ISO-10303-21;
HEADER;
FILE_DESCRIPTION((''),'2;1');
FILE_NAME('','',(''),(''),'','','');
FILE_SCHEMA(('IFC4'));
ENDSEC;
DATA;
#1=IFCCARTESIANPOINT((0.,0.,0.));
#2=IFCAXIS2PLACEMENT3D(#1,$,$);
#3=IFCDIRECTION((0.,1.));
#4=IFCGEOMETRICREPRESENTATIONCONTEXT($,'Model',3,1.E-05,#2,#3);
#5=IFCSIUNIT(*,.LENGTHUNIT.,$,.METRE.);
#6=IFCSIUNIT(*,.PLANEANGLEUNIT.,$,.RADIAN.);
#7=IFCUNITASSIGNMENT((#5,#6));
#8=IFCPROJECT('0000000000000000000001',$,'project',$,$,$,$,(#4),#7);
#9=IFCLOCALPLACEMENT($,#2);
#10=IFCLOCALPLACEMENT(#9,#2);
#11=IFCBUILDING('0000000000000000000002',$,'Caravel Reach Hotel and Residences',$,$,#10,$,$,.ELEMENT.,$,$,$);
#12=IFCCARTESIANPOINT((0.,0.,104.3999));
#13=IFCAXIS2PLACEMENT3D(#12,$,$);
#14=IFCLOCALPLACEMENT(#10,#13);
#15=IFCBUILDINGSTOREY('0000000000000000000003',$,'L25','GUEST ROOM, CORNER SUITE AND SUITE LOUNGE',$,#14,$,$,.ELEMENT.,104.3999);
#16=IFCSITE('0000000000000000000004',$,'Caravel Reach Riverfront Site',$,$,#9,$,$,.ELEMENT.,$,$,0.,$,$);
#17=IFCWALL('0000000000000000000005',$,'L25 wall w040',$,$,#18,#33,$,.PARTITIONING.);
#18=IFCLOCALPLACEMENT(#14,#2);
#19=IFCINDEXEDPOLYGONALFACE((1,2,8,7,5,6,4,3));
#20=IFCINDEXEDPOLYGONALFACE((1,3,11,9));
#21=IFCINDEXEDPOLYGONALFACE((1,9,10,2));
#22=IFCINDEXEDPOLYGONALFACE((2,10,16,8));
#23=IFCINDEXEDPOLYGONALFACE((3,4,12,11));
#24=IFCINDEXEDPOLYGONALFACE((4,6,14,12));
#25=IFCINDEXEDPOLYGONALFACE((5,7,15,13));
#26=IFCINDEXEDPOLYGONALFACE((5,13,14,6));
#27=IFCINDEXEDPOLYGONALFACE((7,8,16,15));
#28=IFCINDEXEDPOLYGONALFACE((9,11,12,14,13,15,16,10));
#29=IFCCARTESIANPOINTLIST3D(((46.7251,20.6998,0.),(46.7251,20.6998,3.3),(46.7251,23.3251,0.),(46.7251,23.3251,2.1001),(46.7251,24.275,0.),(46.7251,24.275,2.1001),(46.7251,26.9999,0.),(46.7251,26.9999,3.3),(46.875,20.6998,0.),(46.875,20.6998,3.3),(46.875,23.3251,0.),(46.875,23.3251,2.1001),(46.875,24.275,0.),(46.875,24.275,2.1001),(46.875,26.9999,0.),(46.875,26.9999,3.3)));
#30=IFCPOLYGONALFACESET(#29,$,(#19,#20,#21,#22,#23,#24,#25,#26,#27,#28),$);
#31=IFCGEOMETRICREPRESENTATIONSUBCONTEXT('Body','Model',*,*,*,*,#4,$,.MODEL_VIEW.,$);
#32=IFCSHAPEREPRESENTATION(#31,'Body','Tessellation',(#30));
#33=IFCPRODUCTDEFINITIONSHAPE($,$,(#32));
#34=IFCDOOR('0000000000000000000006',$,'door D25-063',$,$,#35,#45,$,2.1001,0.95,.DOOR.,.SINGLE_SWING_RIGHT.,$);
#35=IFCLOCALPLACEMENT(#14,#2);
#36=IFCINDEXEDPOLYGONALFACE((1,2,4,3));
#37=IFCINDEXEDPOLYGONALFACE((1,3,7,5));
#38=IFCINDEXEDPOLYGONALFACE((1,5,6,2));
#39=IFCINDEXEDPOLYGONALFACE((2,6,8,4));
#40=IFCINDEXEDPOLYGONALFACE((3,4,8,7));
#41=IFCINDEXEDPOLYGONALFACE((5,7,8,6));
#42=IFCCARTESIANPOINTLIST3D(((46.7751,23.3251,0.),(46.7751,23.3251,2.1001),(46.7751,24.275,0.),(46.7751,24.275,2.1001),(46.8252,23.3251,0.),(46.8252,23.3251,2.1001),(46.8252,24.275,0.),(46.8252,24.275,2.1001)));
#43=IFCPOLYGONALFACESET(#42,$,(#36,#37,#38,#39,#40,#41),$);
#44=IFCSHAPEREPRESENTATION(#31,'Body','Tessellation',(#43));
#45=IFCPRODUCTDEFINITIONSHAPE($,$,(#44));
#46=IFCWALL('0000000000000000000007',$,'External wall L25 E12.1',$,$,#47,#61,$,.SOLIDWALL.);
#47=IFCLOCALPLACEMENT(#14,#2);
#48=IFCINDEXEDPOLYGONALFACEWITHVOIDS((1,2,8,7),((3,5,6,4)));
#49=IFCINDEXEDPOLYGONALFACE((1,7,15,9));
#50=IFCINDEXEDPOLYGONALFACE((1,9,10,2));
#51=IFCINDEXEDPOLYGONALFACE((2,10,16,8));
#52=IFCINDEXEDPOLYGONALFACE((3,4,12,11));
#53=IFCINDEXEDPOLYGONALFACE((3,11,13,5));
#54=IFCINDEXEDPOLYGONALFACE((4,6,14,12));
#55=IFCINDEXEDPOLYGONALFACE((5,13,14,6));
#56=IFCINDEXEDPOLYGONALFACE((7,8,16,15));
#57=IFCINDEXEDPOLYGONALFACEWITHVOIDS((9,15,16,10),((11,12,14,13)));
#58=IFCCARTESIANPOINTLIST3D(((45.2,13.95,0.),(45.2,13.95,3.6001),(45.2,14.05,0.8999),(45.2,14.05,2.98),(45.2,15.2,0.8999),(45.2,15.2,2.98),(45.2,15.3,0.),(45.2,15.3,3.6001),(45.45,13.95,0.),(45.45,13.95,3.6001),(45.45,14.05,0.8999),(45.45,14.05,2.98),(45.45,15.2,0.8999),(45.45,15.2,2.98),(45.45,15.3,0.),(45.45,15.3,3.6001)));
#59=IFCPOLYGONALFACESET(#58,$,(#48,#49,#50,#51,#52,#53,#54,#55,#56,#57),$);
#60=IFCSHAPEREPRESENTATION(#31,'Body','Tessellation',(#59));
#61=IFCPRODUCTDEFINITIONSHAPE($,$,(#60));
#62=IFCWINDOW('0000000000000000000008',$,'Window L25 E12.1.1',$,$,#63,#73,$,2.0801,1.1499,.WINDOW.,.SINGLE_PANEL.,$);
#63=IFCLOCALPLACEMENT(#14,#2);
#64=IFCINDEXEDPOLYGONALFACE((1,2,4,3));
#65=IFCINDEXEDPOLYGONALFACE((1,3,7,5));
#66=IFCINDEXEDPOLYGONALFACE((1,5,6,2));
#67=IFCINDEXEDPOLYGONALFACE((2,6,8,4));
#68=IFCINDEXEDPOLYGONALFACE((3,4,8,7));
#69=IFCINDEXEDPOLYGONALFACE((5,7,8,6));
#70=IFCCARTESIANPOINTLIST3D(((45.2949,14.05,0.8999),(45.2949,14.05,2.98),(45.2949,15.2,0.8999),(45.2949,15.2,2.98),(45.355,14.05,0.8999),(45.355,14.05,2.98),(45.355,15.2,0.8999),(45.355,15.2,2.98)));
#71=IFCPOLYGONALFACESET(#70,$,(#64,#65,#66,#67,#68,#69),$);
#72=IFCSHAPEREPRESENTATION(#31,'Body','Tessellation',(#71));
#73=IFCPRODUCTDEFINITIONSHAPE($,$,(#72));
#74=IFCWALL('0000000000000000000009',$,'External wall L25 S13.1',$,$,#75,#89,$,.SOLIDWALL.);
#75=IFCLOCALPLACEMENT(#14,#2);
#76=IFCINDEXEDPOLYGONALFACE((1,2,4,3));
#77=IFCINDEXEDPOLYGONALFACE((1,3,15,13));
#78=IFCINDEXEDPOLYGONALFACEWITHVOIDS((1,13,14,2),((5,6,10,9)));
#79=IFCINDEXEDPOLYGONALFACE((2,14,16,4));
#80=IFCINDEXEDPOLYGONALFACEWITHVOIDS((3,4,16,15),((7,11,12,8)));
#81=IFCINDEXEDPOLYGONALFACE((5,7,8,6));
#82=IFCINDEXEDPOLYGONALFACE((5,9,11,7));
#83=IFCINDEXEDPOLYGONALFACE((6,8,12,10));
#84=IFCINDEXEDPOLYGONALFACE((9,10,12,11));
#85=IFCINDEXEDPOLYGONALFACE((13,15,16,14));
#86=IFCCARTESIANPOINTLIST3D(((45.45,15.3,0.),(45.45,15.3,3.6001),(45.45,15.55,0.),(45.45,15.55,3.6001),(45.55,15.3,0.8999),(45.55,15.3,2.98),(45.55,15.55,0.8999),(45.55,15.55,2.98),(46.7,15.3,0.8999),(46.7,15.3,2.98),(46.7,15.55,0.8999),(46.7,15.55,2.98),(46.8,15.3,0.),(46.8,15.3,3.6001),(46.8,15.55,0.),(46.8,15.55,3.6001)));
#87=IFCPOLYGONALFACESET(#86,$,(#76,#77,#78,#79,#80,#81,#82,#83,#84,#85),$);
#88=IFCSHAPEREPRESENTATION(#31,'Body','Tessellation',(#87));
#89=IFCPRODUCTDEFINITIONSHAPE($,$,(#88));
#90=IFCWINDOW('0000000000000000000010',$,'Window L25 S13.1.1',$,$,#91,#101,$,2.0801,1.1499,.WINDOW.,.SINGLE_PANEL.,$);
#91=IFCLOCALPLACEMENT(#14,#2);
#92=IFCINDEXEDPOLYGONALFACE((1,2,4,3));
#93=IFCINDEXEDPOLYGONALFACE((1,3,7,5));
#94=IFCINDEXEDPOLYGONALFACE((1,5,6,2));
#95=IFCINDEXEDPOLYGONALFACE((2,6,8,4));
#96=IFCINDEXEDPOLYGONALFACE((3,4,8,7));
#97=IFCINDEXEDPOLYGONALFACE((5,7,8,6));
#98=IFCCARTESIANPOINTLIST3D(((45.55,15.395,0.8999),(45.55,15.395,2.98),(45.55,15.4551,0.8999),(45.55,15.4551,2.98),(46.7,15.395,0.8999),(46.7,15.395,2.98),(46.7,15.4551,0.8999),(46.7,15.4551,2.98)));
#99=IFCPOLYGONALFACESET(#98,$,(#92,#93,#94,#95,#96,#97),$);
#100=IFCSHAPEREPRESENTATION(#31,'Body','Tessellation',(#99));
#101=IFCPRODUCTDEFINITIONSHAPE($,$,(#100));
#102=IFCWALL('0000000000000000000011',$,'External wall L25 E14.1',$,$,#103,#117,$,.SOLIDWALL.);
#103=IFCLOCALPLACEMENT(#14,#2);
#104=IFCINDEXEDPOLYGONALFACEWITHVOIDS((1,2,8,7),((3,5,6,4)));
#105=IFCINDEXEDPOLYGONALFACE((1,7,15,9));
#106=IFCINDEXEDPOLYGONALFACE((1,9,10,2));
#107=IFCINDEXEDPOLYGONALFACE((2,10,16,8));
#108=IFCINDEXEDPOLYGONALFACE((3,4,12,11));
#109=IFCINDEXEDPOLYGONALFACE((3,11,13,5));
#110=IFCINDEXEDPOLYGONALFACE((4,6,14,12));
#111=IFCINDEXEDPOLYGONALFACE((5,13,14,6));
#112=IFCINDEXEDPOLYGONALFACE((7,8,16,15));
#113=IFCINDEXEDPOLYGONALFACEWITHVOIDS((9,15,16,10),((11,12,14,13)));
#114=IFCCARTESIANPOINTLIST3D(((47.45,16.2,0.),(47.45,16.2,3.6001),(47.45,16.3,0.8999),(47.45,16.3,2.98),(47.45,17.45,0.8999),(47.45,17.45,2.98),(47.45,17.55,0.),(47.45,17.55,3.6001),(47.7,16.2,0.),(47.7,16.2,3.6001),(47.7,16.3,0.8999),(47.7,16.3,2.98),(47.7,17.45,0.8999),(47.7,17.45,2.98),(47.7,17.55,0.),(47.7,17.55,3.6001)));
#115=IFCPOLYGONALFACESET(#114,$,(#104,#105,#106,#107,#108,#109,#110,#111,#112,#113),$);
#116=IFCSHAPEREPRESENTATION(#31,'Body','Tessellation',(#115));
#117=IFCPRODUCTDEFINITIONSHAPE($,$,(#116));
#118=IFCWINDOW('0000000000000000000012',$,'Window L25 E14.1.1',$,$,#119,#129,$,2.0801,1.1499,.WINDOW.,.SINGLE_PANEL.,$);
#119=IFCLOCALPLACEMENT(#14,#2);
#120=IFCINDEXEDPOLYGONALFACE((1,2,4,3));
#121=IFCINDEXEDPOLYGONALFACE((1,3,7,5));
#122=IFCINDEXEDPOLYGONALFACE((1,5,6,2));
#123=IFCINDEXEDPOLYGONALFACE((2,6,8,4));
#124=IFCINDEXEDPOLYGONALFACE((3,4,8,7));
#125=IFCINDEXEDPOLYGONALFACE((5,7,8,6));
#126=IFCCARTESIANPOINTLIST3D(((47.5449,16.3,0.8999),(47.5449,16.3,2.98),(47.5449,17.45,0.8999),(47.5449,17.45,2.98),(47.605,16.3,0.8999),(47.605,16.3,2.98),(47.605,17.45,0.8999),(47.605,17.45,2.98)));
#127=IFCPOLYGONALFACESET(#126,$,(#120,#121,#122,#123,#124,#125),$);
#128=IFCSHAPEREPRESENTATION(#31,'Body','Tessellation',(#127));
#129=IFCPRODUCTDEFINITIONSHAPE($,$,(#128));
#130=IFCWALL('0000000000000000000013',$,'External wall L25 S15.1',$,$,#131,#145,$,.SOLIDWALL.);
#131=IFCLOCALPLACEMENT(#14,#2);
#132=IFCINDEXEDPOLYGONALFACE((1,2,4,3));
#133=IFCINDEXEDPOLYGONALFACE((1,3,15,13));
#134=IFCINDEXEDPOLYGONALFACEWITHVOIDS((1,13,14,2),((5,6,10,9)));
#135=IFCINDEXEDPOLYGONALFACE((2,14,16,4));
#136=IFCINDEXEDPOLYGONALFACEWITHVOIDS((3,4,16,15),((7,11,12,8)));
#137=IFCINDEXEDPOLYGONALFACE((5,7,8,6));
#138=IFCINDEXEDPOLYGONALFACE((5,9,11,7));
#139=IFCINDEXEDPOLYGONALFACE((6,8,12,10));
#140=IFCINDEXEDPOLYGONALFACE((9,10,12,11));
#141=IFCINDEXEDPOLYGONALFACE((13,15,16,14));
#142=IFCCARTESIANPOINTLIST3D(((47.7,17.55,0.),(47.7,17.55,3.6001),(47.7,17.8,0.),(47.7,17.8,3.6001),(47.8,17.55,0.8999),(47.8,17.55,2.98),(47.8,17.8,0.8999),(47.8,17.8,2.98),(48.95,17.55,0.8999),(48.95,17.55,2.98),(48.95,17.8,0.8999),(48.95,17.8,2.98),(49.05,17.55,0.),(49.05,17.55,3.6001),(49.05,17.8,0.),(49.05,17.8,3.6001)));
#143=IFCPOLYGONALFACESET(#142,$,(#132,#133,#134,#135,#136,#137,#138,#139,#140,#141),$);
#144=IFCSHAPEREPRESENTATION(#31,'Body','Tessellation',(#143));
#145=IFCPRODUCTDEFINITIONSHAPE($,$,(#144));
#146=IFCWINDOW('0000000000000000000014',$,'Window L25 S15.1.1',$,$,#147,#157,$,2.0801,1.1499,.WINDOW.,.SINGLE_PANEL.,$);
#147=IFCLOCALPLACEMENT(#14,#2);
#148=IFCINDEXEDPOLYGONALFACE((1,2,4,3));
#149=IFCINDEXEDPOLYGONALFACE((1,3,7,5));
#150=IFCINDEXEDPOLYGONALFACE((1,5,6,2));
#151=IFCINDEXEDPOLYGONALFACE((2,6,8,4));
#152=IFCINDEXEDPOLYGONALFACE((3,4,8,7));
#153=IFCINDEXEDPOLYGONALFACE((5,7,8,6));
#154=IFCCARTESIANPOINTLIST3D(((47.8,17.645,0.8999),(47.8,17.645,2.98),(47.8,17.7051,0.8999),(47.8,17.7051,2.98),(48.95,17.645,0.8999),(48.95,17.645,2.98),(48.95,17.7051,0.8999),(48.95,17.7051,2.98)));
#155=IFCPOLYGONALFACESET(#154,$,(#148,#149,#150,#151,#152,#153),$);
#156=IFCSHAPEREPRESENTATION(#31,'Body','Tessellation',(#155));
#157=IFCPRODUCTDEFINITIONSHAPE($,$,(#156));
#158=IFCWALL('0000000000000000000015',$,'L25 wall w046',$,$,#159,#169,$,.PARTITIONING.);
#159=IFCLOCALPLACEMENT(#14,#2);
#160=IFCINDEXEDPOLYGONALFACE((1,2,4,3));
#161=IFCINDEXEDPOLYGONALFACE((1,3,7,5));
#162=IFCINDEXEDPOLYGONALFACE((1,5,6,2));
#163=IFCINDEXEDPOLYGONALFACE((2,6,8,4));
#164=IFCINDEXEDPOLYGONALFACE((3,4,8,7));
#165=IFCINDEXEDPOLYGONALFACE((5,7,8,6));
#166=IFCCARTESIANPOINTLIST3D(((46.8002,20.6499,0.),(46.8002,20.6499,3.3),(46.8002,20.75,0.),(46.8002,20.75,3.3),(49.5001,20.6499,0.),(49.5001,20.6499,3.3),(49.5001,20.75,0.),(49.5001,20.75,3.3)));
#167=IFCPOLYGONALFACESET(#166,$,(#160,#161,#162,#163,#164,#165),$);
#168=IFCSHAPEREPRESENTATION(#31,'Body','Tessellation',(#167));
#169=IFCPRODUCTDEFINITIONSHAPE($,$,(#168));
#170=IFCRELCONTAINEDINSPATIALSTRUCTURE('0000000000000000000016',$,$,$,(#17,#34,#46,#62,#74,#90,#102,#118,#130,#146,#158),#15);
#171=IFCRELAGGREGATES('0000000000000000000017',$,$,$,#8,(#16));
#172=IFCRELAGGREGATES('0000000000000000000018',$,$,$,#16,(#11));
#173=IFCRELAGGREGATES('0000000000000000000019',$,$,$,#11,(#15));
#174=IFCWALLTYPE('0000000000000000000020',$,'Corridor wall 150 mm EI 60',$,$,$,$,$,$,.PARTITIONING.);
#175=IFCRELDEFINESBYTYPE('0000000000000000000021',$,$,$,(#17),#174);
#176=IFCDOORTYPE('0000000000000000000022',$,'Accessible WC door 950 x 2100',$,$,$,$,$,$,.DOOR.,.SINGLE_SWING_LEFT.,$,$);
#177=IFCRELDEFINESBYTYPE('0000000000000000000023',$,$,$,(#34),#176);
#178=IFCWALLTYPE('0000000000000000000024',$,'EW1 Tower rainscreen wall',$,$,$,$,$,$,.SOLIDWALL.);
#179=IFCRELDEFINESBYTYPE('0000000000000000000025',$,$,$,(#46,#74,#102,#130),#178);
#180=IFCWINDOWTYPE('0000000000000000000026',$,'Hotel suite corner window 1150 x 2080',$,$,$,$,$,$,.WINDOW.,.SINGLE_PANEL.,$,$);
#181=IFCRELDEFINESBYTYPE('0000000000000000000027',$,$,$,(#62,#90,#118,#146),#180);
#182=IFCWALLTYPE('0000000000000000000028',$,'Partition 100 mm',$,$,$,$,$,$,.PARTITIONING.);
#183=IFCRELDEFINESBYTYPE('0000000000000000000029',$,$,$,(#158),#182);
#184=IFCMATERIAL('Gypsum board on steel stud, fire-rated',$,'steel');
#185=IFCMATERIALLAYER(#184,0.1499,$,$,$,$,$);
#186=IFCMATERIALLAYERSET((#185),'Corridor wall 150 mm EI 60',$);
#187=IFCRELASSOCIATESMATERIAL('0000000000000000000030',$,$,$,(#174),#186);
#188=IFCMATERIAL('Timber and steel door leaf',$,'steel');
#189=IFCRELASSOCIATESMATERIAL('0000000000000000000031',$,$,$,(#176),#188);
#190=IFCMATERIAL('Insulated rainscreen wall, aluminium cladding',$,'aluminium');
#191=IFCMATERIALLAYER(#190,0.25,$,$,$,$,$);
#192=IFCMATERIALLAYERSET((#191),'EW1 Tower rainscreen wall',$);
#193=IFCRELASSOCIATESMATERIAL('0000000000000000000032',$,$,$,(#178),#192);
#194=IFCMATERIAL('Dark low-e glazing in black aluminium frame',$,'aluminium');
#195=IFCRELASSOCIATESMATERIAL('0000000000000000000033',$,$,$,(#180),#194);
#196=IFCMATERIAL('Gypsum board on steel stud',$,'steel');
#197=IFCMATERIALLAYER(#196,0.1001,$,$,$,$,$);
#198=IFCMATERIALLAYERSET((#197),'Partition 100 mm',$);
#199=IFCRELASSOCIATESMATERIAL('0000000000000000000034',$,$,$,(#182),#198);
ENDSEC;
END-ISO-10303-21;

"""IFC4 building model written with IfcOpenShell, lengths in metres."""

from ifc_helpers import new_model, si_unit, direction, frame, frame_2d, origin, place, context, subcontext, project, spatial, rectangle, extrude, material, layer, layer_set, type_object, element, fill, save


model = new_model("IFC4")

# Units and contexts
model_context = context("Model", 3, precision=1e-05, world=origin(), true_north=direction((0.0, 1.0)))
body_context = subcontext(model_context, "Body", "Model", "MODEL_VIEW")
ifc_project = project(units=[si_unit("LENGTHUNIT", "METRE"), si_unit("PLANEANGLEUNIT", "RADIAN")], contexts=[model_context])

# Site, building, storey
site_placement = place(None, origin())
site = spatial("IfcSite", under=ifc_project, at=site_placement, Name="Caravel Reach Riverfront Site", CompositionType="ELEMENT", RefElevation=0.0)
building_placement = place(site_placement, origin())
building = spatial("IfcBuilding", under=site, at=building_placement, Name="Caravel Reach Hotel and Residences", CompositionType="ELEMENT")
storey_placement = place(building_placement, frame((0.0, 0.0, 104.3999)))
storey = spatial("IfcBuildingStorey", under=building, at=storey_placement, Name="L25", Description="GUEST ROOM, CORNER SUITE AND SUITE LOUNGE", CompositionType="ELEMENT", Elevation=104.3999)

# Wall, opening, door
ifc_material_1 = material(Name="Gypsum board on steel stud, fire-rated", Category="steel")
ifc_layer_1 = layer(ifc_material_1, 0.1499)
ifc_layer_set_1 = layer_set([ifc_layer_1], Name="Corridor wall 150 mm EI 60")
wall_type_1 = type_object("IfcWallType", Name="Corridor wall 150 mm EI 60", PredefinedType="PARTITIONING", material=ifc_layer_set_1)
wall_1_placement = place(storey_placement, frame((46.8, 20.7, 0.0), z_axis=(0.0, 0.0, 1.0), x_axis=(0.0, 1.0, 0.0)))
wall_1 = element("IfcWall", 1, at=wall_1_placement, inside=storey, type_object=wall_type_1, Name="L25 wall w040", PredefinedType="PARTITIONING", context=body_context, shape_type="SweptSolid", body=[
    extrude(rectangle(XDim=6.3, YDim=0.1499, at=frame_2d((3.1499, 0.0))), origin(), (0.0, 0.0, 1.0), 3.3),
])
opening_1_placement = place(wall_1_placement, frame((2.625, 0.0, 0.0)))
opening_1 = element("IfcOpeningElement", 2, at=opening_1_placement, cuts=wall_1, PredefinedType="OPENING", context=body_context, shape_type="SweptSolid", body=[
    extrude(rectangle(XDim=0.95, YDim=2.1001, at=frame_2d((0.4751, 1.05))), frame((0.0, 0.085, 0.0), z_axis=(0.0, -1.0, 0.0), x_axis=(1.0, 0.0, 0.0)), (0.0, 0.0, 1.0), 0.1699),
])
ifc_material_2 = material(Name="Timber and steel door leaf", Category="steel")
door_type = type_object("IfcDoorType", Name="Accessible WC door 950 x 2100", OperationType="SINGLE_SWING_LEFT", PredefinedType="DOOR", material=ifc_material_2)
door_placement = place(opening_1_placement, origin())
door = element("IfcDoor", 3, at=door_placement, inside=storey, type_object=door_type, Name="door D25-063", OperationType="SINGLE_SWING_RIGHT", OverallHeight=2.1001, OverallWidth=0.95, PredefinedType="DOOR", context=body_context, shape_type="SweptSolid", body=[
    extrude(rectangle(XDim=0.95, YDim=2.1001, at=frame_2d((0.4751, 1.05))), frame((0.0, 0.0249, 0.0), z_axis=(0.0, -1.0, 0.0), x_axis=(1.0, 0.0, 0.0)), (0.0, 0.0, 1.0), 0.05),
])
fill(opening_1, door)

# Walls, openings, windows
ifc_material_3 = material(Name="Insulated rainscreen wall, aluminium cladding", Category="aluminium")
ifc_layer_2 = layer(ifc_material_3, 0.25)
ifc_layer_set_2 = layer_set([ifc_layer_2], Name="EW1 Tower rainscreen wall")
wall_type_2 = type_object("IfcWallType", Name="EW1 Tower rainscreen wall", PredefinedType="SOLIDWALL", material=ifc_layer_set_2)
wall_2_placement = place(storey_placement, frame((45.325, 13.95, 0.0), z_axis=(0.0, 0.0, 1.0), x_axis=(0.0, 1.0, 0.0)))
wall_2 = element("IfcWall", 4, at=wall_2_placement, inside=storey, type_object=wall_type_2, Name="External wall L25 E12.1", PredefinedType="SOLIDWALL", context=body_context, shape_type="SweptSolid", body=[
    extrude(rectangle(XDim=1.3501, YDim=0.25, at=frame_2d((0.675, 0.0))), origin(), (0.0, 0.0, 1.0), 3.6001),
])
opening_2_placement = place(wall_2_placement, frame((0.1001, 0.0, 0.8999)))
opening_2 = element("IfcOpeningElement", 5, at=opening_2_placement, cuts=wall_2, PredefinedType="OPENING", context=body_context, shape_type="SweptSolid", body=[
    extrude(rectangle(XDim=1.1499, YDim=2.0801, at=frame_2d((0.575, 1.04))), frame((0.0, 0.135, 0.0), z_axis=(0.0, -1.0, 0.0), x_axis=(1.0, 0.0, 0.0)), (0.0, 0.0, 1.0), 0.27),
])
ifc_material_4 = material(Name="Dark low-e glazing in black aluminium frame", Category="aluminium")
window_type = type_object("IfcWindowType", Name="Hotel suite corner window 1150 x 2080", PartitioningType="SINGLE_PANEL", PredefinedType="WINDOW", material=ifc_material_4)
window_1_placement = place(opening_2_placement, origin())
window_1 = element("IfcWindow", 6, at=window_1_placement, inside=storey, type_object=window_type, Name="Window L25 E12.1.1", OverallHeight=2.0801, OverallWidth=1.1499, PartitioningType="SINGLE_PANEL", PredefinedType="WINDOW", context=body_context, shape_type="SweptSolid", body=[
    extrude(rectangle(XDim=1.1499, YDim=2.0801, at=frame_2d((0.575, 1.04))), frame((0.0, 0.03, 0.0), z_axis=(0.0, -1.0, 0.0), x_axis=(1.0, 0.0, 0.0)), (0.0, 0.0, 1.0), 0.0601),
])
fill(opening_2, window_1)
wall_3_placement = place(storey_placement, frame((45.45, 15.425, 0.0), z_axis=(0.0, 0.0, 1.0), x_axis=(1.0, 0.0, 0.0)))
wall_3 = element("IfcWall", 7, at=wall_3_placement, inside=storey, type_object=wall_type_2, Name="External wall L25 S13.1", PredefinedType="SOLIDWALL", context=body_context, shape_type="SweptSolid", body=[
    extrude(rectangle(XDim=1.3501, YDim=0.25, at=frame_2d((0.675, 0.0))), origin(), (0.0, 0.0, 1.0), 3.6001),
])
opening_3_placement = place(wall_3_placement, frame((0.1001, 0.0, 0.8999)))
opening_3 = element("IfcOpeningElement", 8, at=opening_3_placement, cuts=wall_3, PredefinedType="OPENING", context=body_context, shape_type="SweptSolid", body=[
    extrude(rectangle(XDim=1.1499, YDim=2.0801, at=frame_2d((0.575, 1.04))), frame((0.0, 0.135, 0.0), z_axis=(0.0, -1.0, 0.0), x_axis=(1.0, 0.0, 0.0)), (0.0, 0.0, 1.0), 0.27),
])
window_2_placement = place(opening_3_placement, origin())
window_2 = element("IfcWindow", 9, at=window_2_placement, inside=storey, type_object=window_type, Name="Window L25 S13.1.1", OverallHeight=2.0801, OverallWidth=1.1499, PartitioningType="SINGLE_PANEL", PredefinedType="WINDOW", context=body_context, shape_type="SweptSolid", body=[
    extrude(rectangle(XDim=1.1499, YDim=2.0801, at=frame_2d((0.575, 1.04))), frame((0.0, 0.03, 0.0), z_axis=(0.0, -1.0, 0.0), x_axis=(1.0, 0.0, 0.0)), (0.0, 0.0, 1.0), 0.0601),
])
fill(opening_3, window_2)
wall_4_placement = place(storey_placement, frame((47.575, 16.2, 0.0), z_axis=(0.0, 0.0, 1.0), x_axis=(0.0, 1.0, 0.0)))
wall_4 = element("IfcWall", 10, at=wall_4_placement, inside=storey, type_object=wall_type_2, Name="External wall L25 E14.1", PredefinedType="SOLIDWALL", context=body_context, shape_type="SweptSolid", body=[
    extrude(rectangle(XDim=1.3501, YDim=0.25, at=frame_2d((0.675, 0.0))), origin(), (0.0, 0.0, 1.0), 3.6001),
])
opening_4_placement = place(wall_4_placement, frame((0.1001, 0.0, 0.8999)))
opening_4 = element("IfcOpeningElement", 11, at=opening_4_placement, cuts=wall_4, PredefinedType="OPENING", context=body_context, shape_type="SweptSolid", body=[
    extrude(rectangle(XDim=1.1499, YDim=2.0801, at=frame_2d((0.575, 1.04))), frame((0.0, 0.135, 0.0), z_axis=(0.0, -1.0, 0.0), x_axis=(1.0, 0.0, 0.0)), (0.0, 0.0, 1.0), 0.27),
])
window_3_placement = place(opening_4_placement, origin())
window_3 = element("IfcWindow", 12, at=window_3_placement, inside=storey, type_object=window_type, Name="Window L25 E14.1.1", OverallHeight=2.0801, OverallWidth=1.1499, PartitioningType="SINGLE_PANEL", PredefinedType="WINDOW", context=body_context, shape_type="SweptSolid", body=[
    extrude(rectangle(XDim=1.1499, YDim=2.0801, at=frame_2d((0.575, 1.04))), frame((0.0, 0.03, 0.0), z_axis=(0.0, -1.0, 0.0), x_axis=(1.0, 0.0, 0.0)), (0.0, 0.0, 1.0), 0.0601),
])
fill(opening_4, window_3)
wall_5_placement = place(storey_placement, frame((47.7, 17.675, 0.0), z_axis=(0.0, 0.0, 1.0), x_axis=(1.0, 0.0, 0.0)))
wall_5 = element("IfcWall", 13, at=wall_5_placement, inside=storey, type_object=wall_type_2, Name="External wall L25 S15.1", PredefinedType="SOLIDWALL", context=body_context, shape_type="SweptSolid", body=[
    extrude(rectangle(XDim=1.3501, YDim=0.25, at=frame_2d((0.675, 0.0))), origin(), (0.0, 0.0, 1.0), 3.6001),
])
opening_5_placement = place(wall_5_placement, frame((0.1001, 0.0, 0.8999)))
opening_5 = element("IfcOpeningElement", 14, at=opening_5_placement, cuts=wall_5, PredefinedType="OPENING", context=body_context, shape_type="SweptSolid", body=[
    extrude(rectangle(XDim=1.1499, YDim=2.0801, at=frame_2d((0.575, 1.04))), frame((0.0, 0.135, 0.0), z_axis=(0.0, -1.0, 0.0), x_axis=(1.0, 0.0, 0.0)), (0.0, 0.0, 1.0), 0.27),
])
window_4_placement = place(opening_5_placement, origin())
window_4 = element("IfcWindow", 15, at=window_4_placement, inside=storey, type_object=window_type, Name="Window L25 S15.1.1", OverallHeight=2.0801, OverallWidth=1.1499, PartitioningType="SINGLE_PANEL", PredefinedType="WINDOW", context=body_context, shape_type="SweptSolid", body=[
    extrude(rectangle(XDim=1.1499, YDim=2.0801, at=frame_2d((0.575, 1.04))), frame((0.0, 0.03, 0.0), z_axis=(0.0, -1.0, 0.0), x_axis=(1.0, 0.0, 0.0)), (0.0, 0.0, 1.0), 0.0601),
])
fill(opening_5, window_4)

# Wall
ifc_material_5 = material(Name="Gypsum board on steel stud", Category="steel")
ifc_layer_3 = layer(ifc_material_5, 0.1001)
ifc_layer_set_3 = layer_set([ifc_layer_3], Name="Partition 100 mm")
wall_type_3 = type_object("IfcWallType", Name="Partition 100 mm", PredefinedType="PARTITIONING", material=ifc_layer_set_3)
wall_6_placement = place(storey_placement, frame((46.8, 20.7, 0.0), z_axis=(0.0, 0.0, 1.0), x_axis=(1.0, 0.0, 0.0)))
element("IfcWall", 16, at=wall_6_placement, inside=storey, type_object=wall_type_3, Name="L25 wall w046", PredefinedType="PARTITIONING", context=body_context, shape_type="SweptSolid", body=[
    extrude(rectangle(XDim=2.7, YDim=0.1001, at=frame_2d((1.3501, 0.0))), origin(), (0.0, 0.0, 1.0), 3.3),
])

save(model, "model.ifc")
